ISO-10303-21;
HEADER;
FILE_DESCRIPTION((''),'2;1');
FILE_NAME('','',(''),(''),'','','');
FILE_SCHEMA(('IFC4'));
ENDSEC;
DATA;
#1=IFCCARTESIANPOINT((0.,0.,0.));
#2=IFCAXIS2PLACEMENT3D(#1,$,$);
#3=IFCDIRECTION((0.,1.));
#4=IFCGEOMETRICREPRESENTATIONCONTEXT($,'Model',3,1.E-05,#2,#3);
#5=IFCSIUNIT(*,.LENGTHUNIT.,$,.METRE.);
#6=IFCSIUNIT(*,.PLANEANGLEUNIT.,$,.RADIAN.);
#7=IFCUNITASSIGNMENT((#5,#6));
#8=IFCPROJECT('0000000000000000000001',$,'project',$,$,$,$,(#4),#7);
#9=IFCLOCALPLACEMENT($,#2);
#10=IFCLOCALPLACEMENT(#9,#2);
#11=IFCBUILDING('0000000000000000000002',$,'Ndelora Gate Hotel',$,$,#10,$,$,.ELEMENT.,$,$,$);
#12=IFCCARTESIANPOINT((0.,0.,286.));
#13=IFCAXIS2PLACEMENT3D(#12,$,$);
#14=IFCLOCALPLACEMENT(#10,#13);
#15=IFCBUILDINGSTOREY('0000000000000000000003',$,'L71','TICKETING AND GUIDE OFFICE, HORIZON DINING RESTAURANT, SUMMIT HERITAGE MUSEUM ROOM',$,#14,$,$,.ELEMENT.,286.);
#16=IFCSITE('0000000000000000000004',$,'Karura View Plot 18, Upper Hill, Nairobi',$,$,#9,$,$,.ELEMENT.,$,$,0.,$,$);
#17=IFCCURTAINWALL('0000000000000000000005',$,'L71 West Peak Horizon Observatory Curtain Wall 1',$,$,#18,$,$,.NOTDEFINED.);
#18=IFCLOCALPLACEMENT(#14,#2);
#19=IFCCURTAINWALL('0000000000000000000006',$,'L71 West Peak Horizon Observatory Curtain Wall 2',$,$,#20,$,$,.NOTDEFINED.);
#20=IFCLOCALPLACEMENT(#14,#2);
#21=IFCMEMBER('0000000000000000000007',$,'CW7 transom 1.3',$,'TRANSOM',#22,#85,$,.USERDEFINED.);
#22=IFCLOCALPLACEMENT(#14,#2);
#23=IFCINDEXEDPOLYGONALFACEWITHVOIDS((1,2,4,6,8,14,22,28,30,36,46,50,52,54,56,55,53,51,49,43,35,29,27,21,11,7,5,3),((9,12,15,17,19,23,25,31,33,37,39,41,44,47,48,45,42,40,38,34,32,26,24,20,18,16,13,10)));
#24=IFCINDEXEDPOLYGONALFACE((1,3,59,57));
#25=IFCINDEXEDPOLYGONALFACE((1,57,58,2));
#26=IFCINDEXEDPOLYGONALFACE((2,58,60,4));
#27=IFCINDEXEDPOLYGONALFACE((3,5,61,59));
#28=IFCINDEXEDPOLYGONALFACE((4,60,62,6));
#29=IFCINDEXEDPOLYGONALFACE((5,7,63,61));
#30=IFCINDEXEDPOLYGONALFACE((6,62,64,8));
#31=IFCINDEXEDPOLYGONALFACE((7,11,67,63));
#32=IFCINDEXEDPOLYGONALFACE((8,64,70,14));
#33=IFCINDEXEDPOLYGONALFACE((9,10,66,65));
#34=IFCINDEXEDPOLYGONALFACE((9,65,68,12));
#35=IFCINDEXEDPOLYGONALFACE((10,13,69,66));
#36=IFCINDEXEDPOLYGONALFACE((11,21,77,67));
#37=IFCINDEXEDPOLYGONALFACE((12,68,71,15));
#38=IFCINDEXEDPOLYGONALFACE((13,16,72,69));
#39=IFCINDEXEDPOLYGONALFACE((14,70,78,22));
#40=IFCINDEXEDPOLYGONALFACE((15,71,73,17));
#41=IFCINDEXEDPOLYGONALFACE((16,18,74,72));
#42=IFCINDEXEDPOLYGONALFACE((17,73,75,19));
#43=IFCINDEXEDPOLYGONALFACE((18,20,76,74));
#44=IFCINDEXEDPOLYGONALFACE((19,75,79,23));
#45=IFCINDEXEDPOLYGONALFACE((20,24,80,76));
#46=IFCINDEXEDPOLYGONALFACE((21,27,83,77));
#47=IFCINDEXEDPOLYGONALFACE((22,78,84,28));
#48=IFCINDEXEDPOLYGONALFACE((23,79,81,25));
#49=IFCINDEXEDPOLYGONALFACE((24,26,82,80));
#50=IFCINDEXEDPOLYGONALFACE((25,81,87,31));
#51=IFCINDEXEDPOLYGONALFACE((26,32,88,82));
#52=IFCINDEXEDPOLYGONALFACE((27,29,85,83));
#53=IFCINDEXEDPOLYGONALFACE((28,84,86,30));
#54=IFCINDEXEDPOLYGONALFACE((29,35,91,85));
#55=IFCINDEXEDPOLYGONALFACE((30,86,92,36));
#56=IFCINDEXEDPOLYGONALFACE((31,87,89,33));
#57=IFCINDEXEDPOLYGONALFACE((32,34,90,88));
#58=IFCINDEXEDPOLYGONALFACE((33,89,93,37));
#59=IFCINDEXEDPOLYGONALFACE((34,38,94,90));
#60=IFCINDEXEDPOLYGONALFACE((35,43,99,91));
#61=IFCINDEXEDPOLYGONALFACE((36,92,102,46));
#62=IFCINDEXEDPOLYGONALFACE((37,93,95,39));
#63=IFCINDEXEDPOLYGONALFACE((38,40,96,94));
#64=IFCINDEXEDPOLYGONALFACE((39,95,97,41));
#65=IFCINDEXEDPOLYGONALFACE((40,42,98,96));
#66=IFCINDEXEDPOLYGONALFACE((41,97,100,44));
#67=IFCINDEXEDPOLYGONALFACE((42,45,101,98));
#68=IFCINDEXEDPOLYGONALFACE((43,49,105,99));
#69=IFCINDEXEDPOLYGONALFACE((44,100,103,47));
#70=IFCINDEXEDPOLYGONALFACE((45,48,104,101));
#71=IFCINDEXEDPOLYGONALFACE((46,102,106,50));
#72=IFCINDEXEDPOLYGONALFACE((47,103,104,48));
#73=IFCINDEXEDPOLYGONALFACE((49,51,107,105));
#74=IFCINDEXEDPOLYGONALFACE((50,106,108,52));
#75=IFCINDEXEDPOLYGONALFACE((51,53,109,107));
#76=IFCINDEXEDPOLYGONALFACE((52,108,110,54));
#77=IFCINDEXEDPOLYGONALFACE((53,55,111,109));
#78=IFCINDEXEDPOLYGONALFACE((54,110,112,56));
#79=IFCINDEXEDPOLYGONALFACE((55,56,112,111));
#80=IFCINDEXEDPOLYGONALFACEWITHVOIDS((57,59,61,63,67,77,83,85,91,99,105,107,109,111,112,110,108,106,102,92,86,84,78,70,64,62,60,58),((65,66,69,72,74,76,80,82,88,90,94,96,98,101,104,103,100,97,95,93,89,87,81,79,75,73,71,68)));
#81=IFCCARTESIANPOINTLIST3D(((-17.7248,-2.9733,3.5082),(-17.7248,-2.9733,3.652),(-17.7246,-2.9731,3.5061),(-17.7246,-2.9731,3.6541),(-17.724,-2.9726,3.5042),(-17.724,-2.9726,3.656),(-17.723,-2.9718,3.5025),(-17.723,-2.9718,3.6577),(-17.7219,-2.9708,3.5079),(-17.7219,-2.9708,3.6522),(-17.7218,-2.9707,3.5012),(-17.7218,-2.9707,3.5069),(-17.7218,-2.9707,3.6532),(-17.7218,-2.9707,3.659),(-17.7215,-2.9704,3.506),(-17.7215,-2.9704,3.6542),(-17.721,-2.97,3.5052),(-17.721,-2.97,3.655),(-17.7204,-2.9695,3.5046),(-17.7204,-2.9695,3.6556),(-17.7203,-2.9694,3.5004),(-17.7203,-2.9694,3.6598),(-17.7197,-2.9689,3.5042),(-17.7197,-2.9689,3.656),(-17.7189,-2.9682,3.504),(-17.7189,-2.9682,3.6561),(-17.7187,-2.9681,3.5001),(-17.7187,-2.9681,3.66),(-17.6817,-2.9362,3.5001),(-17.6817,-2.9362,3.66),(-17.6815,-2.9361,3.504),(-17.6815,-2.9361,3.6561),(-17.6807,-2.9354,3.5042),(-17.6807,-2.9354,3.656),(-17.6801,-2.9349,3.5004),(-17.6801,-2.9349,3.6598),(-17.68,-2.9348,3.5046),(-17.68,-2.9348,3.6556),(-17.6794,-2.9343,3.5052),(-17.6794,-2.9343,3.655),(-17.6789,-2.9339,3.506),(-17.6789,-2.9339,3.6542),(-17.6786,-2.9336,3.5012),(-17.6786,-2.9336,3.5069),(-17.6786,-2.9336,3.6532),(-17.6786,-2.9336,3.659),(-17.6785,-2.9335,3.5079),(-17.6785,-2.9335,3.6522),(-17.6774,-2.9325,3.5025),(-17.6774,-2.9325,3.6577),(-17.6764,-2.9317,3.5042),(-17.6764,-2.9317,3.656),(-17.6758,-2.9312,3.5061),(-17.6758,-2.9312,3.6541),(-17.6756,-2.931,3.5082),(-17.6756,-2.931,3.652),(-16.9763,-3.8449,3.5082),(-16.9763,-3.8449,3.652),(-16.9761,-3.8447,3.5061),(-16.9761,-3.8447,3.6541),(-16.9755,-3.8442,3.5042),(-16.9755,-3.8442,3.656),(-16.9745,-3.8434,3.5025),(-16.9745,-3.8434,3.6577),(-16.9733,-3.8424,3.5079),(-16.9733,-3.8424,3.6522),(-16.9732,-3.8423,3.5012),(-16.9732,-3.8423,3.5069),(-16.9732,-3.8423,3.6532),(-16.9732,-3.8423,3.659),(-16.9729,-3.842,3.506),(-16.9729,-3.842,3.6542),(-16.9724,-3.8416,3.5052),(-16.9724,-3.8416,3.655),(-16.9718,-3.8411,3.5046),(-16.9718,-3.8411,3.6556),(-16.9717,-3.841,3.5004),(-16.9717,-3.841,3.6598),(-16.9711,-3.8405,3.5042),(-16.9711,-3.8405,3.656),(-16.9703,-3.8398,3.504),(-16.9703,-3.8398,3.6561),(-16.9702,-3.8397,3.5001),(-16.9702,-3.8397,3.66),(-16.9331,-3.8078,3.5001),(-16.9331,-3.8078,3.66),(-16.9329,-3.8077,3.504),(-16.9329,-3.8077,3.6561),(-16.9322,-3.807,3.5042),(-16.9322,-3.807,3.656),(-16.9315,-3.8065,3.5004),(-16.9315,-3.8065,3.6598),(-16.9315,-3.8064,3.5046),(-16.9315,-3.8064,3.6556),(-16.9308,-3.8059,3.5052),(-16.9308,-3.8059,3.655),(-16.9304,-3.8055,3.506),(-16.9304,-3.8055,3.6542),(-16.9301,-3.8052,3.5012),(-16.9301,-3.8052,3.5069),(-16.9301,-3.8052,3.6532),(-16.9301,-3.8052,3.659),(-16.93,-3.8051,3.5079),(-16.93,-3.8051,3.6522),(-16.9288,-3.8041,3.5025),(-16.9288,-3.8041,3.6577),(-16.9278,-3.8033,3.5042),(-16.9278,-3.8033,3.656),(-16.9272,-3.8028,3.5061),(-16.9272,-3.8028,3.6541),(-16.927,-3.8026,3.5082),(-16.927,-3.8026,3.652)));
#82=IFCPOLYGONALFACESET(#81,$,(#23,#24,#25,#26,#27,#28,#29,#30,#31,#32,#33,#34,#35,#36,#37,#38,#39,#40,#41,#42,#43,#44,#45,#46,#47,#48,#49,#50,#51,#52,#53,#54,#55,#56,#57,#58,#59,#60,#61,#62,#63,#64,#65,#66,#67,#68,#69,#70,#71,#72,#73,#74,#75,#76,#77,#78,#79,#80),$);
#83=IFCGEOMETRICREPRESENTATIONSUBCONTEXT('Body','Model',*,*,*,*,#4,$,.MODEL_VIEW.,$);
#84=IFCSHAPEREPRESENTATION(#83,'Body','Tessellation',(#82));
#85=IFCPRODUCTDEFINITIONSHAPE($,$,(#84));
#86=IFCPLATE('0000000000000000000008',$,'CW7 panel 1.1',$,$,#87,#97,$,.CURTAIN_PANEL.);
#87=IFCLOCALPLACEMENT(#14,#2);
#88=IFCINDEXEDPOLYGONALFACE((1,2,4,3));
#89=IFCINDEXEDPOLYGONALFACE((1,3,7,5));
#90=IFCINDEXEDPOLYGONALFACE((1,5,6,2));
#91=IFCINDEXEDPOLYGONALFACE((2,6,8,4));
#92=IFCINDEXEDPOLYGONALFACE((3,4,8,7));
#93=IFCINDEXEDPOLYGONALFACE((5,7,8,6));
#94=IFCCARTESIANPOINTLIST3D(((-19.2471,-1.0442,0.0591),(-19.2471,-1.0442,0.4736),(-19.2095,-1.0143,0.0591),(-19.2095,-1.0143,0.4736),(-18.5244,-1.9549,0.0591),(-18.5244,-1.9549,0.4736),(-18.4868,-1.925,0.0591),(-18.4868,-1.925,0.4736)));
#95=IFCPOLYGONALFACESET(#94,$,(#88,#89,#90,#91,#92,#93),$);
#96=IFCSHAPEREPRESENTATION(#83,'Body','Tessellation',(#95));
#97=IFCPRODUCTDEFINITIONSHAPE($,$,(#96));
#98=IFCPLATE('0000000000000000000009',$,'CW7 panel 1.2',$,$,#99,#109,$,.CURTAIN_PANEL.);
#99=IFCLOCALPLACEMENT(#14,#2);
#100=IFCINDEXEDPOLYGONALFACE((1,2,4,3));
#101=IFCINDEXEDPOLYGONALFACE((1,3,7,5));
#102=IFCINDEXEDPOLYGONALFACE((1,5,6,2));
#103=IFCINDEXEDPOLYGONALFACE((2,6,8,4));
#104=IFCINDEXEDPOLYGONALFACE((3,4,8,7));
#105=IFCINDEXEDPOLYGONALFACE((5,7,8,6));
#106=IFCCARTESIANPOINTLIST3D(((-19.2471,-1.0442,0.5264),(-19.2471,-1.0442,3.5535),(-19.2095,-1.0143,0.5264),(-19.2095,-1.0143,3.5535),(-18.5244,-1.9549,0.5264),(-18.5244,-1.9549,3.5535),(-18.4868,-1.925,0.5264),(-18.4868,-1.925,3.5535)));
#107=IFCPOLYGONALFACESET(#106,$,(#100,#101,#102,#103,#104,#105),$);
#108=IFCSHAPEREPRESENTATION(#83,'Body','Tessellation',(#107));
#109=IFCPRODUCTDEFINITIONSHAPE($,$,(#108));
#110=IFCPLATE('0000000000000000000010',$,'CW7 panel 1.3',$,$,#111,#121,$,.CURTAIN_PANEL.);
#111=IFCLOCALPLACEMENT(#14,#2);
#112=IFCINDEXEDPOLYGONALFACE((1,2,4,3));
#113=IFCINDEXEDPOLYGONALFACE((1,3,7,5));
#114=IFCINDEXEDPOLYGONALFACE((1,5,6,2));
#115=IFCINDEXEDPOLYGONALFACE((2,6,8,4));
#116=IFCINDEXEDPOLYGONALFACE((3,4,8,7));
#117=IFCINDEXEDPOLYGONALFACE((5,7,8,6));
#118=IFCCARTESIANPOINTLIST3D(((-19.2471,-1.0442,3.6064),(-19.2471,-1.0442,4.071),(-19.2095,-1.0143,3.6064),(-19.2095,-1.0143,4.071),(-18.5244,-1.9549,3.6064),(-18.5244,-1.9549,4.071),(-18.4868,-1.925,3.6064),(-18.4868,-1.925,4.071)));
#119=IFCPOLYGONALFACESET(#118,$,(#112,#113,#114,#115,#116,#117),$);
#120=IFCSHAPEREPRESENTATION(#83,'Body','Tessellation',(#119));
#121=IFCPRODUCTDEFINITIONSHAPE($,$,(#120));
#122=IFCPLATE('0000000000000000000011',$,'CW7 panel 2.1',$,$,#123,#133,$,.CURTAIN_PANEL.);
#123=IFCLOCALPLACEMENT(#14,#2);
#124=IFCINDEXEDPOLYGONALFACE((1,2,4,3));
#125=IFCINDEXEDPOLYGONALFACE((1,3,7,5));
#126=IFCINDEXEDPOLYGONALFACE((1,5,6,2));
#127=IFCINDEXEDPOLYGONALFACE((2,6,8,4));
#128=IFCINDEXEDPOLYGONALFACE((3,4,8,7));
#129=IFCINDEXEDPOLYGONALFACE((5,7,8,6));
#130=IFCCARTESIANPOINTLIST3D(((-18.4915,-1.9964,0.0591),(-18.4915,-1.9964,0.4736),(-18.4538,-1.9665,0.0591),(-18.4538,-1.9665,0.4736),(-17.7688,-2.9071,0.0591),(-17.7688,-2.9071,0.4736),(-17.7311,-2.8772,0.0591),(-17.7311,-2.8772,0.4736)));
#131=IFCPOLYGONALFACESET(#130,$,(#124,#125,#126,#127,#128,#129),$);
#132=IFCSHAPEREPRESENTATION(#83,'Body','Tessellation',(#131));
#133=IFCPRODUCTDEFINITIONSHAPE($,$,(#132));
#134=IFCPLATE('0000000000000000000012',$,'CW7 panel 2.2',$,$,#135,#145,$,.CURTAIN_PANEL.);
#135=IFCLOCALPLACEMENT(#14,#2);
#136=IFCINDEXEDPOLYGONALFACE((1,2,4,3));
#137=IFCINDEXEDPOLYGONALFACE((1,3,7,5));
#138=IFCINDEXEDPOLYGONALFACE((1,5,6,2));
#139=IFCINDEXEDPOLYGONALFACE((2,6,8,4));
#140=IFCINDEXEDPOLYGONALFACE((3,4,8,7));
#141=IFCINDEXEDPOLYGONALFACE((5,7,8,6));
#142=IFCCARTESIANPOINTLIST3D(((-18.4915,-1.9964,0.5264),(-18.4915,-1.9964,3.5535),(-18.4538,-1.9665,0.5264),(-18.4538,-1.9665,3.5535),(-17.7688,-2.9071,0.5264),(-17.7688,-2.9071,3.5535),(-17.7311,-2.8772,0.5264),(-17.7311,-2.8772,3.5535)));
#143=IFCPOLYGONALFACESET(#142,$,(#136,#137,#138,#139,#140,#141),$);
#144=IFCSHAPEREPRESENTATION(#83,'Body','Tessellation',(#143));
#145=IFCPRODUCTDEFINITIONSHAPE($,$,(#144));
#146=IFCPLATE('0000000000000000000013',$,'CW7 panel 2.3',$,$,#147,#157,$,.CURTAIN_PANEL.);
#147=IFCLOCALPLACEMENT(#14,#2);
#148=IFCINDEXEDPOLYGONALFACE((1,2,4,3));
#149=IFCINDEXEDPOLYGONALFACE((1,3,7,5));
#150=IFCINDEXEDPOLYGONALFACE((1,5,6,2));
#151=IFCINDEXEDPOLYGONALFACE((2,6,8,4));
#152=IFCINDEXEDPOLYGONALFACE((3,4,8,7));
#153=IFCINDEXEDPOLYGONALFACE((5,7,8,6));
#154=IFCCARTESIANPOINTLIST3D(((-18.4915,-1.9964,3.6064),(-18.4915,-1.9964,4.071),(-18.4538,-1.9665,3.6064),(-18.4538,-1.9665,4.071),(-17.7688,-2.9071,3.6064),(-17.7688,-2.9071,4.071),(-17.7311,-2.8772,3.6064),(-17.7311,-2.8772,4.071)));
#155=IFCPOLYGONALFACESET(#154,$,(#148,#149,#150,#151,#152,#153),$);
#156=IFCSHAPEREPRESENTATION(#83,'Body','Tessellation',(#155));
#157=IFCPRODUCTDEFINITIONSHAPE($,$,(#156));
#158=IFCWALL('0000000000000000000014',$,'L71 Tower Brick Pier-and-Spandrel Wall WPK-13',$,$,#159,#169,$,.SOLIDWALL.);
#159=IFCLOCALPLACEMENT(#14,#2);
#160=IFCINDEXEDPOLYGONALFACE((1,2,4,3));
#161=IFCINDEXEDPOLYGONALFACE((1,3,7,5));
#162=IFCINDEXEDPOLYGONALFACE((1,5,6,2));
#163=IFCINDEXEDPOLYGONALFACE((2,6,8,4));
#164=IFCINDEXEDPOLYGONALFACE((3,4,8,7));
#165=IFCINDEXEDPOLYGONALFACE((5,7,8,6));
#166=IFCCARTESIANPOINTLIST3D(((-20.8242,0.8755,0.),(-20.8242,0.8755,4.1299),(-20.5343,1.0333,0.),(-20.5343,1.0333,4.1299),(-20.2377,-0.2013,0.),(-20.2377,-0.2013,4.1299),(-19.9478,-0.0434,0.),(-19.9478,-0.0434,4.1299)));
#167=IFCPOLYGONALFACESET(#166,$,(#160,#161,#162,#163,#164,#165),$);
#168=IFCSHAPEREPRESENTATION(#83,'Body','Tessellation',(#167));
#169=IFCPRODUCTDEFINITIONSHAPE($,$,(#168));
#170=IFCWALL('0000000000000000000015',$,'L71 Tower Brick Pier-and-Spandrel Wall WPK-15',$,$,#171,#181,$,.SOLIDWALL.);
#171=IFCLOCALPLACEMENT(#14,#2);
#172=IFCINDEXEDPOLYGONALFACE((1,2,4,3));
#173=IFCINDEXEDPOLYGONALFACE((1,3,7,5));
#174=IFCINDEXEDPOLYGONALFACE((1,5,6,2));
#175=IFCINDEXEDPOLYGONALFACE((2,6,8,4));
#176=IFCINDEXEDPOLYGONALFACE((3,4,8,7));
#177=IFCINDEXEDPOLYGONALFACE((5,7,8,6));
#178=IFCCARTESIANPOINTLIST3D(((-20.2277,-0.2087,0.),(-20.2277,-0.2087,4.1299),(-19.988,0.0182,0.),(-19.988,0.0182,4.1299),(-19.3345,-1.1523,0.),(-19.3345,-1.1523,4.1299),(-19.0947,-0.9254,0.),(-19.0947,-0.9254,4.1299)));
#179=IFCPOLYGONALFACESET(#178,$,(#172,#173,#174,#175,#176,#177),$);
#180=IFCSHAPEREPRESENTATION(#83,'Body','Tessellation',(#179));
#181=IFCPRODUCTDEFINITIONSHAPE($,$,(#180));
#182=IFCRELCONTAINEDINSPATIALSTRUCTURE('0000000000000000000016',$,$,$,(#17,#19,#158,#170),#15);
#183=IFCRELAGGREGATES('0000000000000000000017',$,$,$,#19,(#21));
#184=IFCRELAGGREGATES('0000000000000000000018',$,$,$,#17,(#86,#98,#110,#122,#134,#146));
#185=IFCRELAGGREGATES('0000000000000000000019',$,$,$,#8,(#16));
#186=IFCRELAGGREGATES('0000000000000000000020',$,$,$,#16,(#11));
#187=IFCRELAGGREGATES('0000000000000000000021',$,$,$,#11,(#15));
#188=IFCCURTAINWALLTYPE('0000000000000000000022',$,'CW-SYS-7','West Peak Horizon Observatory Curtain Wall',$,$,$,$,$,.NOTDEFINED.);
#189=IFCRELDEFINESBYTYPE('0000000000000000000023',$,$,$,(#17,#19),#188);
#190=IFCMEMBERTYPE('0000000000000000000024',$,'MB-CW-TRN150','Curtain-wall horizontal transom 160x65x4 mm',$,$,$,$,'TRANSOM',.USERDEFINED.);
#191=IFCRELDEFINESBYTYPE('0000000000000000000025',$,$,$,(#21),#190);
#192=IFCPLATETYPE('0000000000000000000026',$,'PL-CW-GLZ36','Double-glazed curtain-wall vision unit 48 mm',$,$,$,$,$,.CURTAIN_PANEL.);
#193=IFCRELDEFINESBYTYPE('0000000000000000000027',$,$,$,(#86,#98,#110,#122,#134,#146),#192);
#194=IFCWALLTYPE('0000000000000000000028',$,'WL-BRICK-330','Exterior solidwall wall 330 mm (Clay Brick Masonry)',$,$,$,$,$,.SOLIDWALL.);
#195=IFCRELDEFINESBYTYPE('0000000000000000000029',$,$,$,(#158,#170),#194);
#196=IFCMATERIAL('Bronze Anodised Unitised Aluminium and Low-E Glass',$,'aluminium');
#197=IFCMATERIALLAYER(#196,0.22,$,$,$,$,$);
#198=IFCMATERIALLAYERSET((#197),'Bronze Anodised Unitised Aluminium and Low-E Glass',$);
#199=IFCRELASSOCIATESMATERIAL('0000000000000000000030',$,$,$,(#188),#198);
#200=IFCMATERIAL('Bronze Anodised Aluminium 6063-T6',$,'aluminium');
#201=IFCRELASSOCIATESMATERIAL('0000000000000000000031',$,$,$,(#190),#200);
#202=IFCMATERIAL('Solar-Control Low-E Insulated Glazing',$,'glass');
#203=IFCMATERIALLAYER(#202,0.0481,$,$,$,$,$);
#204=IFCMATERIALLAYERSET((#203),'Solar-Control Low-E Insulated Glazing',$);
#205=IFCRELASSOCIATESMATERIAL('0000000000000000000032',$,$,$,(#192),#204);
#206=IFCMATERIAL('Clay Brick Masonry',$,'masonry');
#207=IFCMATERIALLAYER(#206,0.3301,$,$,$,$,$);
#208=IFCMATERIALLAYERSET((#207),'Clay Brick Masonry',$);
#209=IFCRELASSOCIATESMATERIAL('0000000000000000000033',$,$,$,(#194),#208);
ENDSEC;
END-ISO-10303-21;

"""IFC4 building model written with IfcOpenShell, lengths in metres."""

from ifc_helpers import new_model, si_unit, direction, frame, frame_2d, origin, origin_2d, place, context, subcontext, project, spatial, rectangle, hollow_rectangle, extrude, material, layer, layer_set, material_profile, profile_set, type_object, element, aggregate, save


model = new_model("IFC4")

# Units and contexts
model_context = context("Model", 3, precision=1e-05, world=origin(), true_north=direction((0.0, 1.0)))
body_context = subcontext(model_context, "Body", "Model", "MODEL_VIEW")
ifc_project = project(units=[si_unit("LENGTHUNIT", "METRE"), si_unit("PLANEANGLEUNIT", "RADIAN")], contexts=[model_context])

# Site, building, storey
site_placement = place(None, origin())
site = spatial("IfcSite", under=ifc_project, at=site_placement, Name="Karura View Plot 18, Upper Hill, Nairobi", CompositionType="ELEMENT", RefElevation=0.0)
building_placement = place(site_placement, origin())
building = spatial("IfcBuilding", under=site, at=building_placement, Name="Ndelora Gate Hotel", CompositionType="ELEMENT")
storey_placement = place(building_placement, frame((0.0, 0.0, 286.0)))
storey = spatial("IfcBuildingStorey", under=building, at=storey_placement, Name="L71", Description="TICKETING AND GUIDE OFFICE, HORIZON DINING RESTAURANT, SUMMIT HERITAGE MUSEUM ROOM", CompositionType="ELEMENT", Elevation=286.0)

# Curtain wall
ifc_material_1 = material(Name="Bronze Anodised Unitised Aluminium and Low-E Glass", Category="aluminium")
ifc_layer_1 = layer(ifc_material_1, 0.22)
ifc_layer_set_1 = layer_set([ifc_layer_1], Name="Bronze Anodised Unitised Aluminium and Low-E Glass")
curtain_wall_type = type_object("IfcCurtainWallType", Name="CW-SYS-7", Description="West Peak Horizon Observatory Curtain Wall", PredefinedType="NOTDEFINED", material=ifc_layer_set_1)
curtain_wall_1_placement = place(storey_placement, origin())
curtain_wall_1 = element("IfcCurtainWall", 1, at=curtain_wall_1_placement, inside=storey, type_object=curtain_wall_type, Name="L71 West Peak Horizon Observatory Curtain Wall 1", PredefinedType="NOTDEFINED")
ifc_material_2 = material(Name="Bronze Anodised Aluminium 6063-T6", Category="aluminium")

# Curtain wall
curtain_wall_2_placement = place(storey_placement, origin())
curtain_wall_2 = element("IfcCurtainWall", 2, at=curtain_wall_2_placement, inside=storey, type_object=curtain_wall_type, Name="L71 West Peak Horizon Observatory Curtain Wall 2", PredefinedType="NOTDEFINED")

# Member
ifc_material_profile_1 = material_profile(ifc_material_2, hollow_rectangle(XDim=0.0649, YDim=0.1599, WallThickness=0.0039, InnerFilletRadius=0.0039, OuterFilletRadius=0.0081, at=origin_2d()), Name="ALU 160x65x4")
ifc_profile_set_1 = profile_set([ifc_material_profile_1], Name="Bronze Anodised Aluminium 6063-T6")
member_type_1 = type_object("IfcMemberType", Name="MB-CW-TRN150", Description="Curtain-wall horizontal transom 160x65x4 mm", ElementType="TRANSOM", PredefinedType="USERDEFINED", material=ifc_profile_set_1)
member_1_placement = place(storey_placement, frame((-17.7002, -2.9521, 3.5801), z_axis=(0.651526, -0.758626, 0.0), x_axis=(0.758626, 0.651526, 0.0)))
member_1 = element("IfcMember", 3, at=member_1_placement, type_object=member_type_1, Name="CW7 transom 1.3", ObjectType="TRANSOM", PredefinedType="USERDEFINED", context=body_context, shape_type="SweptSolid", body=[
    extrude(hollow_rectangle(XDim=0.0649, YDim=0.1599, WallThickness=0.0039, InnerFilletRadius=0.0039, OuterFilletRadius=0.0081, at=origin_2d()), origin(), (0.0, 0.0, 1.0), 1.1489),
])
aggregate(curtain_wall_2, [member_1])

# Plates
ifc_material_3 = material(Name="Solar-Control Low-E Insulated Glazing", Category="glass")
ifc_layer_2 = layer(ifc_material_3, 0.0481)
ifc_layer_set_2 = layer_set([ifc_layer_2], Name="Solar-Control Low-E Insulated Glazing")
plate_type = type_object("IfcPlateType", Name="PL-CW-GLZ36", Description="Double-glazed curtain-wall vision unit 48 mm", PredefinedType="CURTAIN_PANEL", material=ifc_layer_set_2)
plate_1_placement = place(storey_placement, frame((-18.8669, -1.4846, 0.0591), z_axis=(0.0, 0.0, 1.0), x_axis=(0.621622, -0.783317, 0.0)))
plate_1 = element("IfcPlate", 4, at=plate_1_placement, type_object=plate_type, Name="CW7 panel 1.1", PredefinedType="CURTAIN_PANEL", context=body_context, shape_type="SweptSolid", body=[
    extrude(rectangle(XDim=1.1626, YDim=0.0481, at=origin_2d()), origin(), (0.0, 0.0, 1.0), 0.4146),
])
plate_2_placement = place(storey_placement, frame((-18.8669, -1.4846, 0.5264), z_axis=(0.0, 0.0, 1.0), x_axis=(0.621622, -0.783317, 0.0)))
plate_2 = element("IfcPlate", 5, at=plate_2_placement, type_object=plate_type, Name="CW7 panel 1.2", PredefinedType="CURTAIN_PANEL", context=body_context, shape_type="SweptSolid", body=[
    extrude(rectangle(XDim=1.1626, YDim=0.0481, at=origin_2d()), origin(), (0.0, 0.0, 1.0), 3.0271),
])
plate_3_placement = place(storey_placement, frame((-18.8669, -1.4846, 3.6064), z_axis=(0.0, 0.0, 1.0), x_axis=(0.621622, -0.783317, 0.0)))
plate_3 = element("IfcPlate", 6, at=plate_3_placement, type_object=plate_type, Name="CW7 panel 1.3", PredefinedType="CURTAIN_PANEL", context=body_context, shape_type="SweptSolid", body=[
    extrude(rectangle(XDim=1.1626, YDim=0.0481, at=origin_2d()), origin(), (0.0, 0.0, 1.0), 0.4646),
])
plate_4_placement = place(storey_placement, frame((-18.1113, -2.4368, 0.0591), z_axis=(0.0, 0.0, 1.0), x_axis=(0.621622, -0.783317, 0.0)))
plate_4 = element("IfcPlate", 7, at=plate_4_placement, type_object=plate_type, Name="CW7 panel 2.1", PredefinedType="CURTAIN_PANEL", context=body_context, shape_type="SweptSolid", body=[
    extrude(rectangle(XDim=1.1626, YDim=0.0481, at=origin_2d()), origin(), (0.0, 0.0, 1.0), 0.4146),
])
plate_5_placement = place(storey_placement, frame((-18.1113, -2.4368, 0.5264), z_axis=(0.0, 0.0, 1.0), x_axis=(0.621622, -0.783317, 0.0)))
plate_5 = element("IfcPlate", 8, at=plate_5_placement, type_object=plate_type, Name="CW7 panel 2.2", PredefinedType="CURTAIN_PANEL", context=body_context, shape_type="SweptSolid", body=[
    extrude(rectangle(XDim=1.1626, YDim=0.0481, at=origin_2d()), origin(), (0.0, 0.0, 1.0), 3.0271),
])
plate_6_placement = place(storey_placement, frame((-18.1113, -2.4368, 3.6064), z_axis=(0.0, 0.0, 1.0), x_axis=(0.621622, -0.783317, 0.0)))
plate_6 = element("IfcPlate", 9, at=plate_6_placement, type_object=plate_type, Name="CW7 panel 2.3", PredefinedType="CURTAIN_PANEL", context=body_context, shape_type="SweptSolid", body=[
    extrude(rectangle(XDim=1.1626, YDim=0.0481, at=origin_2d()), origin(), (0.0, 0.0, 1.0), 0.4646),
])
aggregate(curtain_wall_1, [plate_1, plate_2, plate_3, plate_4, plate_5, plate_6])

# Walls
ifc_material_4 = material(Name="Clay Brick Masonry", Category="masonry")
ifc_layer_3 = layer(ifc_material_4, 0.3301)
ifc_layer_set_3 = layer_set([ifc_layer_3], Name="Clay Brick Masonry")
wall_type = type_object("IfcWallType", Name="WL-BRICK-330", Description="Exterior solidwall wall 330 mm (Clay Brick Masonry)", PredefinedType="SOLIDWALL", material=ifc_layer_set_3)
wall_1_placement = place(storey_placement, frame((-20.0928, -0.1223, 0.0), z_axis=(0.0, 0.0, 1.0), x_axis=(-0.478322, 0.878185, 0.0)))
element("IfcWall", 10, at=wall_1_placement, inside=storey, type_object=wall_type, Name="L71 Tower Brick Pier-and-Spandrel Wall WPK-13", PredefinedType="SOLIDWALL", context=body_context, shape_type="SweptSolid", body=[
    extrude(rectangle(XDim=1.2261, YDim=0.3301, at=frame_2d((0.613, 0.0))), origin(), (0.0, 0.0, 1.0), 4.1299),
])
wall_2_placement = place(storey_placement, frame((-19.2146, -1.0388, 0.0), z_axis=(0.0, 0.0, 1.0), x_axis=(-0.687489, 0.726195, 0.0)))
element("IfcWall", 11, at=wall_2_placement, inside=storey, type_object=wall_type, Name="L71 Tower Brick Pier-and-Spandrel Wall WPK-15", PredefinedType="SOLIDWALL", context=body_context, shape_type="SweptSolid", body=[
    extrude(rectangle(XDim=1.2993, YDim=0.3301, at=frame_2d((0.6497, 0.0))), origin(), (0.0, 0.0, 1.0), 4.1299),
])

save(model, "model.ifc")
